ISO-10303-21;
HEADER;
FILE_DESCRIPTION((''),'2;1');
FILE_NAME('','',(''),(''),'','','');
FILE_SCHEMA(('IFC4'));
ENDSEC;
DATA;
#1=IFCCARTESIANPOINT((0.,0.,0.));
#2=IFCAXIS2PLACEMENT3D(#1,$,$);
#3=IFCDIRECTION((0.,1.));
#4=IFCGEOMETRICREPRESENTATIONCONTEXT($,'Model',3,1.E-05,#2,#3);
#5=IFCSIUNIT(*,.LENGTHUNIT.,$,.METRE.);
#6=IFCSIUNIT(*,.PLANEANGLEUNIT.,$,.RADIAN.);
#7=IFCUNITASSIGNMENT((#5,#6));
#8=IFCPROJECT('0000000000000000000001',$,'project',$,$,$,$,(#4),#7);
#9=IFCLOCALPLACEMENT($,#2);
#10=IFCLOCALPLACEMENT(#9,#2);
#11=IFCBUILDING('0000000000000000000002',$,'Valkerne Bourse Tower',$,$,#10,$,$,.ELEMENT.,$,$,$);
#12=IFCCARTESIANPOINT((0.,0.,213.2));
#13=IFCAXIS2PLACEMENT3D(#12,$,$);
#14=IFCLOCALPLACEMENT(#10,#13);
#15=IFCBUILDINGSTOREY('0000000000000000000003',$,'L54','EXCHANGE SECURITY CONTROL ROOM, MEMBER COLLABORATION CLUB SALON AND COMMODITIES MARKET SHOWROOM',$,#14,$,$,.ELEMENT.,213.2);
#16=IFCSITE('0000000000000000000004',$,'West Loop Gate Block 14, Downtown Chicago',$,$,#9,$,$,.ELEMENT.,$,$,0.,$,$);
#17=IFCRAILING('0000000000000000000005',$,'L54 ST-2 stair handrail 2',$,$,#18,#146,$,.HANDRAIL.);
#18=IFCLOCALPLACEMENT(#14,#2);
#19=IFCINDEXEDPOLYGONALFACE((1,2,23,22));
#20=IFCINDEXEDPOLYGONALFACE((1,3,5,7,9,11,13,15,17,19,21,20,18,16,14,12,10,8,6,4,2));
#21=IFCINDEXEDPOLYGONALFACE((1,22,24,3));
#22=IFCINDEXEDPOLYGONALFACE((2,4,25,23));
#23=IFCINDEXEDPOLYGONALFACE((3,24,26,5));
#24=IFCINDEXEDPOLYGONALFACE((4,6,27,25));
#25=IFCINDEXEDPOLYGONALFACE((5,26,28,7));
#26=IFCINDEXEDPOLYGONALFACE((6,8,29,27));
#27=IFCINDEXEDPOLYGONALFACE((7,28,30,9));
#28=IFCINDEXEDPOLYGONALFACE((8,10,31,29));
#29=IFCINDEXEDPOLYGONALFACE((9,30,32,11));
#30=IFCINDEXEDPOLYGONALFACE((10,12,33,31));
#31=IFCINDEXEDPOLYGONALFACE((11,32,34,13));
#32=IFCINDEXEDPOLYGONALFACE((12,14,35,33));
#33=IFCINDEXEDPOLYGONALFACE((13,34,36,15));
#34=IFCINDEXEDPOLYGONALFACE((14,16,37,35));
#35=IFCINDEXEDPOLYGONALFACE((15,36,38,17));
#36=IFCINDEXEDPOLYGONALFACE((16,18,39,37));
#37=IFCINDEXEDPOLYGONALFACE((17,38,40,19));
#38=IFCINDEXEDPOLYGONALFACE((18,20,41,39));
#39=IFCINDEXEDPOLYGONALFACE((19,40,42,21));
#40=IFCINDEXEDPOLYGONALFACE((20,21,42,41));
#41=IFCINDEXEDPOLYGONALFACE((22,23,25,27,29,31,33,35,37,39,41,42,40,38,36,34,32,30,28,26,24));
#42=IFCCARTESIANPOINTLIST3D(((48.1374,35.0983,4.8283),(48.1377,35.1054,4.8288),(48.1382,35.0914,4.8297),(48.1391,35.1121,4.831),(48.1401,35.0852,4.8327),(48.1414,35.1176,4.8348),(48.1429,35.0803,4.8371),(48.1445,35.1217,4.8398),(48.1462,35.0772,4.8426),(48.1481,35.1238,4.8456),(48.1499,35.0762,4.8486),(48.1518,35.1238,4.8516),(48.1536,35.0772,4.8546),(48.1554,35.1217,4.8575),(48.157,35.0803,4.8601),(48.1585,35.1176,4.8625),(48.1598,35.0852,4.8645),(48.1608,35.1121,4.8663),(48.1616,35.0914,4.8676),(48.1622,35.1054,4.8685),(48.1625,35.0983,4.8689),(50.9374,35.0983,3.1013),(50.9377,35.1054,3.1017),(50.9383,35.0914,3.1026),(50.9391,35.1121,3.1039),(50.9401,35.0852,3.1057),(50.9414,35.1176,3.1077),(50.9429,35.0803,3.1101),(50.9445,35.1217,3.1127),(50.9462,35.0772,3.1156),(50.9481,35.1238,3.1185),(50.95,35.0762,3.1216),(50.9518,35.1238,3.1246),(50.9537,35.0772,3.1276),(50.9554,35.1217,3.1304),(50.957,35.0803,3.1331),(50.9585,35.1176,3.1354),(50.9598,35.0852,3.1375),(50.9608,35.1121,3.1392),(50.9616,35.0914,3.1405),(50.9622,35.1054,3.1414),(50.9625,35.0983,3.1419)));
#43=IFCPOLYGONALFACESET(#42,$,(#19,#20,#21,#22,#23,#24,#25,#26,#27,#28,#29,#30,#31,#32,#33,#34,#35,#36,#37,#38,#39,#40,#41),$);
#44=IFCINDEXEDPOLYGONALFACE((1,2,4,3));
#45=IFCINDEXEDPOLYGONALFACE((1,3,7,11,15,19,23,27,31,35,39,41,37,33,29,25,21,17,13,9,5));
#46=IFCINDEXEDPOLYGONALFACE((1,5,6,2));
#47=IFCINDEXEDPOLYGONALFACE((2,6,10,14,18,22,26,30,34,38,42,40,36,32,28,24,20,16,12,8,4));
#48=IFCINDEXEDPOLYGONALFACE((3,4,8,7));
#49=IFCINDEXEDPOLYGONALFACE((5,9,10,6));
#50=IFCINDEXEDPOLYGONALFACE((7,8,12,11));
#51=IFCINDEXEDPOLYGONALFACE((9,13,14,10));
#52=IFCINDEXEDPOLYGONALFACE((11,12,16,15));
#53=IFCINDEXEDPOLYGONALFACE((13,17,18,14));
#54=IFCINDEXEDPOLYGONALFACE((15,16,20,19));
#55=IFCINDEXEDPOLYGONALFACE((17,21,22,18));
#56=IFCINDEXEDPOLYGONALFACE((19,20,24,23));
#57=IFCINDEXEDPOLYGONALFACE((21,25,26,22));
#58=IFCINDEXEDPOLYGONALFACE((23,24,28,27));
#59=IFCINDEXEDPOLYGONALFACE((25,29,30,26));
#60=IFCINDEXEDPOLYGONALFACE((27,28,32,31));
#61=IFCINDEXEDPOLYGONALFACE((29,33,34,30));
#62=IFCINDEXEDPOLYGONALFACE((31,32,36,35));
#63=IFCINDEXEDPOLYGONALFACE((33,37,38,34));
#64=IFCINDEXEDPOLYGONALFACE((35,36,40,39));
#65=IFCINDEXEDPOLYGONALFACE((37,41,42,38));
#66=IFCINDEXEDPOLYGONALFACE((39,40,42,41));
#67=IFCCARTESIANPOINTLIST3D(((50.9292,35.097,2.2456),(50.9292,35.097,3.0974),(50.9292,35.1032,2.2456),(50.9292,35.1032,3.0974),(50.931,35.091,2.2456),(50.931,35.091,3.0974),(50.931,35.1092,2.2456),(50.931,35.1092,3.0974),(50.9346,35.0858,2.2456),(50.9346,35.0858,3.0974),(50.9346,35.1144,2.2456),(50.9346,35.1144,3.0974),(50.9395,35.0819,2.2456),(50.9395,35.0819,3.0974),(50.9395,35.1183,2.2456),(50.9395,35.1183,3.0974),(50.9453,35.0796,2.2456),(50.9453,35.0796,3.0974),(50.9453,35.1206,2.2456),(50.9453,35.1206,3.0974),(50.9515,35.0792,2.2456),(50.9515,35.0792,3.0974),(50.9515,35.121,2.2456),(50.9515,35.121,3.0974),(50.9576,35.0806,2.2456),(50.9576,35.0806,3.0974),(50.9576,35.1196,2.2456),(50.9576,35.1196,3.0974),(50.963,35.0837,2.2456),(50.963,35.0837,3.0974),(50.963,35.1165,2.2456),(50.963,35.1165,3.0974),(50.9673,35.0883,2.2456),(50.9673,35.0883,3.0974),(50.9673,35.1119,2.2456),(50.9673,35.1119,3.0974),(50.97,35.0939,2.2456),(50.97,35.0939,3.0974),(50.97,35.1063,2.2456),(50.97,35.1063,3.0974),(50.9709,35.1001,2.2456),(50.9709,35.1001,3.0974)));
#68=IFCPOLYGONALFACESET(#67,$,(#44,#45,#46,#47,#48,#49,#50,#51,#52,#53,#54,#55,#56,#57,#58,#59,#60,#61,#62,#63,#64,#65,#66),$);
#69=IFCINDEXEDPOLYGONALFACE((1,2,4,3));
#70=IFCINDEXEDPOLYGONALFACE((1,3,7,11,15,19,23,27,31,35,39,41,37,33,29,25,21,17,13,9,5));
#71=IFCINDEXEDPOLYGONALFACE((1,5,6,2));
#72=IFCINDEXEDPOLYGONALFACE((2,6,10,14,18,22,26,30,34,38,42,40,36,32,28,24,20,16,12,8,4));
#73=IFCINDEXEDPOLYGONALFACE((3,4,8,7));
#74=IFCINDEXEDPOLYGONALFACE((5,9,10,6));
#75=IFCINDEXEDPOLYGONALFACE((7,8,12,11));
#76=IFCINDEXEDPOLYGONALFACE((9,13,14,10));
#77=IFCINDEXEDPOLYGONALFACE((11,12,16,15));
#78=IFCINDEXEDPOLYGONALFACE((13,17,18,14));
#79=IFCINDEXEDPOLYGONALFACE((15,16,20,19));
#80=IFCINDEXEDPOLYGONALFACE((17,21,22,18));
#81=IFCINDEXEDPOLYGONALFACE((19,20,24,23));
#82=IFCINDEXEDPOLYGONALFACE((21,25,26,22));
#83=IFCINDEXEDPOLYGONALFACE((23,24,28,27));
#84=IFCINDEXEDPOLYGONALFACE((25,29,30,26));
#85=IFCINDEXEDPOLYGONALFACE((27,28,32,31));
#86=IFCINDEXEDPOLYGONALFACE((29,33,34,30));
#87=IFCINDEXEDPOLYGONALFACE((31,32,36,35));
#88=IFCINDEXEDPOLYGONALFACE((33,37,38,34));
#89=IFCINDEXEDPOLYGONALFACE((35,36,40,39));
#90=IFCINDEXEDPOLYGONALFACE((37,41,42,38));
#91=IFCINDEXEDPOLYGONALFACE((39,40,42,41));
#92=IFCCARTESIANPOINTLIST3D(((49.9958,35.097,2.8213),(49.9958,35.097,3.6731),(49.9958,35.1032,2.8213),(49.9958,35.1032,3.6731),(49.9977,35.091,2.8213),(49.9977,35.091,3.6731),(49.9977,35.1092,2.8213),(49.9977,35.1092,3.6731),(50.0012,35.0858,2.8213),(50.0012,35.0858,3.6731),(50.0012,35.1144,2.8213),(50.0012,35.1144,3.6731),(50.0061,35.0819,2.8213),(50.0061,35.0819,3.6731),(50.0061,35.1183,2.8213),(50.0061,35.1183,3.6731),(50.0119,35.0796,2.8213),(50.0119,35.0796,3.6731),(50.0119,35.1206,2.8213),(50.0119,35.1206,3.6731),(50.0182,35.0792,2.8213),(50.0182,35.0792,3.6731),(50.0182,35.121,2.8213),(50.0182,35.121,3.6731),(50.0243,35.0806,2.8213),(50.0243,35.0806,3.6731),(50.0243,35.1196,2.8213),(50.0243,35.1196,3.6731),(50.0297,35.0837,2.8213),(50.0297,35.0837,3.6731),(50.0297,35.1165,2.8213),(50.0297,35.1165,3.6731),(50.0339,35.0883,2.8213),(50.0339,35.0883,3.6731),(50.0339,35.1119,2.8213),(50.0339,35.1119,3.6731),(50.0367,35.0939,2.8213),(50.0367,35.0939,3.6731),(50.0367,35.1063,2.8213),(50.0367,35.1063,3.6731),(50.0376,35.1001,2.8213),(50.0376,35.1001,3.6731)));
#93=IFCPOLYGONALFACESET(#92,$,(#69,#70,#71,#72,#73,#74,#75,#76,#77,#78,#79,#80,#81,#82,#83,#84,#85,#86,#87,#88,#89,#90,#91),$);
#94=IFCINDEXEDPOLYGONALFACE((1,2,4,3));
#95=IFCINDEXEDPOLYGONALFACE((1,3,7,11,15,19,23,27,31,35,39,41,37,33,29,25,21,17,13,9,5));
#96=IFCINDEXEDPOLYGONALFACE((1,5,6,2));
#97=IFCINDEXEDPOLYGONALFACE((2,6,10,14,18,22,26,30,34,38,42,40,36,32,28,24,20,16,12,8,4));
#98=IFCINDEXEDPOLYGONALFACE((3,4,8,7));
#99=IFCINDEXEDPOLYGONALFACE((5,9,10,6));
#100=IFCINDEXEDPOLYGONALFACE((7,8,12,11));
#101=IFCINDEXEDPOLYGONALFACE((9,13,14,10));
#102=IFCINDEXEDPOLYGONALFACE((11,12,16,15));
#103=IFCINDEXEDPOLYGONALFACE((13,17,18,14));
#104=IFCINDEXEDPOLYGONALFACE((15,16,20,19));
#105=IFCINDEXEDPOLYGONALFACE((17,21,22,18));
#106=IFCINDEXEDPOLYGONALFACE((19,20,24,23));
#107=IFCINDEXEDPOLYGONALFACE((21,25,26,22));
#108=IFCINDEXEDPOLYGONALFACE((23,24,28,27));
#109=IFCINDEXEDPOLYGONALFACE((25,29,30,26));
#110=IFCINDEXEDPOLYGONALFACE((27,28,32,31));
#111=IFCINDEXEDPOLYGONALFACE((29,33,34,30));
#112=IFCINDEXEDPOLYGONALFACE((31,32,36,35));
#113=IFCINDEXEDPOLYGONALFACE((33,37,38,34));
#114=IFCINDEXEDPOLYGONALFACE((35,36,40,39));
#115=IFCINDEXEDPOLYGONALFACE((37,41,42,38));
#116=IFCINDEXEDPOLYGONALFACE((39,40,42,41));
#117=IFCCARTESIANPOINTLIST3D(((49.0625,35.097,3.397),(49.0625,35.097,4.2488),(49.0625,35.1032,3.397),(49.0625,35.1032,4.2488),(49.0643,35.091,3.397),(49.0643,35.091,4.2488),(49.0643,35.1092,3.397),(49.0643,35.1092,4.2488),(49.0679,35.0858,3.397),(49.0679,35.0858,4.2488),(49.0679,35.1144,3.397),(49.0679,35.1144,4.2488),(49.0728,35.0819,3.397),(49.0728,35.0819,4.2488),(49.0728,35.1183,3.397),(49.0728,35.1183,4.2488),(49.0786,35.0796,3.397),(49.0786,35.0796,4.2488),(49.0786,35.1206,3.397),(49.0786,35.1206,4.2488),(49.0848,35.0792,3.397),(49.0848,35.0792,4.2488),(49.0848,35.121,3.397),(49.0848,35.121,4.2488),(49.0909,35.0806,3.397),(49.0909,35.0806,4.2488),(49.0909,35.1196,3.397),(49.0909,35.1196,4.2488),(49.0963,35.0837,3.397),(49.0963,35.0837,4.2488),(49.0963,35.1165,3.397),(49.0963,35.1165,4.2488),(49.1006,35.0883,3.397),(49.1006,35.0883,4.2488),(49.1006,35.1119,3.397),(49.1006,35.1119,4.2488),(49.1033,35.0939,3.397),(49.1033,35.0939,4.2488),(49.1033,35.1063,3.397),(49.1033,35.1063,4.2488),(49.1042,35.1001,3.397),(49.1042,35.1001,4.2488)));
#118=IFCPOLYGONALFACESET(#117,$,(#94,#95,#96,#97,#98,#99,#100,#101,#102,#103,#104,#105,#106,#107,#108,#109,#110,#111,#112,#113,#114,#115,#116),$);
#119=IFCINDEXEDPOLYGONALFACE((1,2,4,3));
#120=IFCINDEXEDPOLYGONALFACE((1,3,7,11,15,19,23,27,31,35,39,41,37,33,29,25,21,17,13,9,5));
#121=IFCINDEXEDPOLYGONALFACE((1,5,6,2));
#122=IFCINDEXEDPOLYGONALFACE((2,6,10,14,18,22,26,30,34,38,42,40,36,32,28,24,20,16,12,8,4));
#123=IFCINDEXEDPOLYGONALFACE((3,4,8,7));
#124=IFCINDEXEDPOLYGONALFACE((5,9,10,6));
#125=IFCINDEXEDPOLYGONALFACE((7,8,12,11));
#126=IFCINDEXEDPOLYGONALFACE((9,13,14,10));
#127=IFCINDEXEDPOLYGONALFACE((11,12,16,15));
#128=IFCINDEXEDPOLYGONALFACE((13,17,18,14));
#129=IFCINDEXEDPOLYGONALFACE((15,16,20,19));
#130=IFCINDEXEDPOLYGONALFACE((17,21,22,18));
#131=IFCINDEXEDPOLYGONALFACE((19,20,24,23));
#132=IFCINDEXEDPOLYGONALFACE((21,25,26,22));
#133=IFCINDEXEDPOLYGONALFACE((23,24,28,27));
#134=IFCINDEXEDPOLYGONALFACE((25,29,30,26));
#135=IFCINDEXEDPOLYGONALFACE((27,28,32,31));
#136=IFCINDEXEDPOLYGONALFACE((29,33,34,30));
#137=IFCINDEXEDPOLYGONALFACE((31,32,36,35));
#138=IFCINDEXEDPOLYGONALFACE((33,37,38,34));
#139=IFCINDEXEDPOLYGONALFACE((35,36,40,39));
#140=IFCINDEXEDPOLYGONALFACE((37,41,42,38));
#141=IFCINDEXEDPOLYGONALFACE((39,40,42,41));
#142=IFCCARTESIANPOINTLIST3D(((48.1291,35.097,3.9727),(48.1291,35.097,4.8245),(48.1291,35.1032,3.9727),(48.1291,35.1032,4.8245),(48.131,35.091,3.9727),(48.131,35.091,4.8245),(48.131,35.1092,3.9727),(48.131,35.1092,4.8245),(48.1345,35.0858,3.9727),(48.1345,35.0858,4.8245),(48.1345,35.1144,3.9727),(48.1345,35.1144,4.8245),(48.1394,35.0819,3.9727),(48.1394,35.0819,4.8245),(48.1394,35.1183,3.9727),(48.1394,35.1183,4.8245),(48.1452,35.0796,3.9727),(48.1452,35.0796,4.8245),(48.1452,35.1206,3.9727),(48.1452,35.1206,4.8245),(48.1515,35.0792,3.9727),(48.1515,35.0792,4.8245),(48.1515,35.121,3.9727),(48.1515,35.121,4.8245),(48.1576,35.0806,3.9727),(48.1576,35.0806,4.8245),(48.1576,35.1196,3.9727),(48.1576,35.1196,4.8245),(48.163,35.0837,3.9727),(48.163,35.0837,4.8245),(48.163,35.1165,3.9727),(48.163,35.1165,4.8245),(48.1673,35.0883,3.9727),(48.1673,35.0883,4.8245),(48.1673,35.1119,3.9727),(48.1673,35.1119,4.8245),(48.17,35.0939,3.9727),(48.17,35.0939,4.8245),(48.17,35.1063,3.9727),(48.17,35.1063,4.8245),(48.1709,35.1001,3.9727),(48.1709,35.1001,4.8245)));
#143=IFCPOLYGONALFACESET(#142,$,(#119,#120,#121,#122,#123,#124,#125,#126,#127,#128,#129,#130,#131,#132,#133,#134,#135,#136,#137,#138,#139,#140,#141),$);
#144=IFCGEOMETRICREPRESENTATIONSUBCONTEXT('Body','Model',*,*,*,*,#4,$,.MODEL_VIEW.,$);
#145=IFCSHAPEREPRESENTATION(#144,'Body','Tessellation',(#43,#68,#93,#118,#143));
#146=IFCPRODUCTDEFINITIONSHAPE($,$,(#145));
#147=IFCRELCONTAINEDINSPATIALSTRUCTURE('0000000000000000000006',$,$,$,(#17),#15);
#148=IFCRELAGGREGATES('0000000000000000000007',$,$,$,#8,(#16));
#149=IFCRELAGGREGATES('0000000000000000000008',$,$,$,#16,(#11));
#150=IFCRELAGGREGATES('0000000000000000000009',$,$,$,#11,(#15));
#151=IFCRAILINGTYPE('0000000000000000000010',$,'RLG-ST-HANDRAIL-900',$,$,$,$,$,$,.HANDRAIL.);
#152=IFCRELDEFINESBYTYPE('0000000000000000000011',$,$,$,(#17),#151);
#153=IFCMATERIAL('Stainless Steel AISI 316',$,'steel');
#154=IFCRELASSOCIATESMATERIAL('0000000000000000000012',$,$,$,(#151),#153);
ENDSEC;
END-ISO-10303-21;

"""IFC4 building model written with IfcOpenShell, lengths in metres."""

from ifc_helpers import new_model, si_unit, direction, frame, origin, origin_2d, place, context, subcontext, project, spatial, circle, extrude, material, type_object, element, save


model = new_model("IFC4")

# Units and contexts
model_context = context("Model", 3, precision=1e-05, world=origin(), true_north=direction((0.0, 1.0)))
body_context = subcontext(model_context, "Body", "Model", "MODEL_VIEW")
ifc_project = project(units=[si_unit("LENGTHUNIT", "METRE"), si_unit("PLANEANGLEUNIT", "RADIAN")], contexts=[model_context])

# Site, building, storey
site_placement = place(None, origin())
site = spatial("IfcSite", under=ifc_project, at=site_placement, Name="West Loop Gate Block 14, Downtown Chicago", CompositionType="ELEMENT", RefElevation=0.0)
building_placement = place(site_placement, origin())
building = spatial("IfcBuilding", under=site, at=building_placement, Name="Valkerne Bourse Tower", CompositionType="ELEMENT")
storey_placement = place(building_placement, frame((0.0, 0.0, 213.2)))
storey = spatial("IfcBuildingStorey", under=building, at=storey_placement, Name="L54", Description="EXCHANGE SECURITY CONTROL ROOM, MEMBER COLLABORATION CLUB SALON AND COMMODITIES MARKET SHOWROOM", CompositionType="ELEMENT", Elevation=213.2)

# Railing
ifc_material_1 = material(Name="Stainless Steel AISI 316", Category="steel")
railing_type_1 = type_object("IfcRailingType", Name="RLG-ST-HANDRAIL-900", PredefinedType="HANDRAIL", material=ifc_material_1)
railing_1_placement = place(storey_placement, frame((50.95, 35.1001, 2.2456)))
element("IfcRailing", 1, at=railing_1_placement, inside=storey, type_object=railing_type_1, Name="L54 ST-2 stair handrail 2", PredefinedType="HANDRAIL", context=body_context, shape_type="SweptSolid", body=[
    extrude(circle(Radius=0.0239, at=origin_2d()), frame((0.0, 0.0, 0.876), z_axis=(-0.851123, 0.0, 0.524967), x_axis=(0.0, -1.0, 0.0)), (0.0, 0.0, 1.0), 3.2898),
    extrude(circle(Radius=0.021, at=origin_2d()), origin(), (0.0, 0.0, 1.0), 0.8518),
    extrude(circle(Radius=0.021, at=origin_2d()), frame((-0.9333, 0.0, 0.5757)), (0.0, 0.0, 1.0), 0.8518),
    extrude(circle(Radius=0.021, at=origin_2d()), frame((-1.8667, 0.0, 1.1514)), (0.0, 0.0, 1.0), 0.8518),
    extrude(circle(Radius=0.021, at=origin_2d()), frame((-2.8, 0.0, 1.7271)), (0.0, 0.0, 1.0), 0.8518),
])

save(model, "model.ifc")
